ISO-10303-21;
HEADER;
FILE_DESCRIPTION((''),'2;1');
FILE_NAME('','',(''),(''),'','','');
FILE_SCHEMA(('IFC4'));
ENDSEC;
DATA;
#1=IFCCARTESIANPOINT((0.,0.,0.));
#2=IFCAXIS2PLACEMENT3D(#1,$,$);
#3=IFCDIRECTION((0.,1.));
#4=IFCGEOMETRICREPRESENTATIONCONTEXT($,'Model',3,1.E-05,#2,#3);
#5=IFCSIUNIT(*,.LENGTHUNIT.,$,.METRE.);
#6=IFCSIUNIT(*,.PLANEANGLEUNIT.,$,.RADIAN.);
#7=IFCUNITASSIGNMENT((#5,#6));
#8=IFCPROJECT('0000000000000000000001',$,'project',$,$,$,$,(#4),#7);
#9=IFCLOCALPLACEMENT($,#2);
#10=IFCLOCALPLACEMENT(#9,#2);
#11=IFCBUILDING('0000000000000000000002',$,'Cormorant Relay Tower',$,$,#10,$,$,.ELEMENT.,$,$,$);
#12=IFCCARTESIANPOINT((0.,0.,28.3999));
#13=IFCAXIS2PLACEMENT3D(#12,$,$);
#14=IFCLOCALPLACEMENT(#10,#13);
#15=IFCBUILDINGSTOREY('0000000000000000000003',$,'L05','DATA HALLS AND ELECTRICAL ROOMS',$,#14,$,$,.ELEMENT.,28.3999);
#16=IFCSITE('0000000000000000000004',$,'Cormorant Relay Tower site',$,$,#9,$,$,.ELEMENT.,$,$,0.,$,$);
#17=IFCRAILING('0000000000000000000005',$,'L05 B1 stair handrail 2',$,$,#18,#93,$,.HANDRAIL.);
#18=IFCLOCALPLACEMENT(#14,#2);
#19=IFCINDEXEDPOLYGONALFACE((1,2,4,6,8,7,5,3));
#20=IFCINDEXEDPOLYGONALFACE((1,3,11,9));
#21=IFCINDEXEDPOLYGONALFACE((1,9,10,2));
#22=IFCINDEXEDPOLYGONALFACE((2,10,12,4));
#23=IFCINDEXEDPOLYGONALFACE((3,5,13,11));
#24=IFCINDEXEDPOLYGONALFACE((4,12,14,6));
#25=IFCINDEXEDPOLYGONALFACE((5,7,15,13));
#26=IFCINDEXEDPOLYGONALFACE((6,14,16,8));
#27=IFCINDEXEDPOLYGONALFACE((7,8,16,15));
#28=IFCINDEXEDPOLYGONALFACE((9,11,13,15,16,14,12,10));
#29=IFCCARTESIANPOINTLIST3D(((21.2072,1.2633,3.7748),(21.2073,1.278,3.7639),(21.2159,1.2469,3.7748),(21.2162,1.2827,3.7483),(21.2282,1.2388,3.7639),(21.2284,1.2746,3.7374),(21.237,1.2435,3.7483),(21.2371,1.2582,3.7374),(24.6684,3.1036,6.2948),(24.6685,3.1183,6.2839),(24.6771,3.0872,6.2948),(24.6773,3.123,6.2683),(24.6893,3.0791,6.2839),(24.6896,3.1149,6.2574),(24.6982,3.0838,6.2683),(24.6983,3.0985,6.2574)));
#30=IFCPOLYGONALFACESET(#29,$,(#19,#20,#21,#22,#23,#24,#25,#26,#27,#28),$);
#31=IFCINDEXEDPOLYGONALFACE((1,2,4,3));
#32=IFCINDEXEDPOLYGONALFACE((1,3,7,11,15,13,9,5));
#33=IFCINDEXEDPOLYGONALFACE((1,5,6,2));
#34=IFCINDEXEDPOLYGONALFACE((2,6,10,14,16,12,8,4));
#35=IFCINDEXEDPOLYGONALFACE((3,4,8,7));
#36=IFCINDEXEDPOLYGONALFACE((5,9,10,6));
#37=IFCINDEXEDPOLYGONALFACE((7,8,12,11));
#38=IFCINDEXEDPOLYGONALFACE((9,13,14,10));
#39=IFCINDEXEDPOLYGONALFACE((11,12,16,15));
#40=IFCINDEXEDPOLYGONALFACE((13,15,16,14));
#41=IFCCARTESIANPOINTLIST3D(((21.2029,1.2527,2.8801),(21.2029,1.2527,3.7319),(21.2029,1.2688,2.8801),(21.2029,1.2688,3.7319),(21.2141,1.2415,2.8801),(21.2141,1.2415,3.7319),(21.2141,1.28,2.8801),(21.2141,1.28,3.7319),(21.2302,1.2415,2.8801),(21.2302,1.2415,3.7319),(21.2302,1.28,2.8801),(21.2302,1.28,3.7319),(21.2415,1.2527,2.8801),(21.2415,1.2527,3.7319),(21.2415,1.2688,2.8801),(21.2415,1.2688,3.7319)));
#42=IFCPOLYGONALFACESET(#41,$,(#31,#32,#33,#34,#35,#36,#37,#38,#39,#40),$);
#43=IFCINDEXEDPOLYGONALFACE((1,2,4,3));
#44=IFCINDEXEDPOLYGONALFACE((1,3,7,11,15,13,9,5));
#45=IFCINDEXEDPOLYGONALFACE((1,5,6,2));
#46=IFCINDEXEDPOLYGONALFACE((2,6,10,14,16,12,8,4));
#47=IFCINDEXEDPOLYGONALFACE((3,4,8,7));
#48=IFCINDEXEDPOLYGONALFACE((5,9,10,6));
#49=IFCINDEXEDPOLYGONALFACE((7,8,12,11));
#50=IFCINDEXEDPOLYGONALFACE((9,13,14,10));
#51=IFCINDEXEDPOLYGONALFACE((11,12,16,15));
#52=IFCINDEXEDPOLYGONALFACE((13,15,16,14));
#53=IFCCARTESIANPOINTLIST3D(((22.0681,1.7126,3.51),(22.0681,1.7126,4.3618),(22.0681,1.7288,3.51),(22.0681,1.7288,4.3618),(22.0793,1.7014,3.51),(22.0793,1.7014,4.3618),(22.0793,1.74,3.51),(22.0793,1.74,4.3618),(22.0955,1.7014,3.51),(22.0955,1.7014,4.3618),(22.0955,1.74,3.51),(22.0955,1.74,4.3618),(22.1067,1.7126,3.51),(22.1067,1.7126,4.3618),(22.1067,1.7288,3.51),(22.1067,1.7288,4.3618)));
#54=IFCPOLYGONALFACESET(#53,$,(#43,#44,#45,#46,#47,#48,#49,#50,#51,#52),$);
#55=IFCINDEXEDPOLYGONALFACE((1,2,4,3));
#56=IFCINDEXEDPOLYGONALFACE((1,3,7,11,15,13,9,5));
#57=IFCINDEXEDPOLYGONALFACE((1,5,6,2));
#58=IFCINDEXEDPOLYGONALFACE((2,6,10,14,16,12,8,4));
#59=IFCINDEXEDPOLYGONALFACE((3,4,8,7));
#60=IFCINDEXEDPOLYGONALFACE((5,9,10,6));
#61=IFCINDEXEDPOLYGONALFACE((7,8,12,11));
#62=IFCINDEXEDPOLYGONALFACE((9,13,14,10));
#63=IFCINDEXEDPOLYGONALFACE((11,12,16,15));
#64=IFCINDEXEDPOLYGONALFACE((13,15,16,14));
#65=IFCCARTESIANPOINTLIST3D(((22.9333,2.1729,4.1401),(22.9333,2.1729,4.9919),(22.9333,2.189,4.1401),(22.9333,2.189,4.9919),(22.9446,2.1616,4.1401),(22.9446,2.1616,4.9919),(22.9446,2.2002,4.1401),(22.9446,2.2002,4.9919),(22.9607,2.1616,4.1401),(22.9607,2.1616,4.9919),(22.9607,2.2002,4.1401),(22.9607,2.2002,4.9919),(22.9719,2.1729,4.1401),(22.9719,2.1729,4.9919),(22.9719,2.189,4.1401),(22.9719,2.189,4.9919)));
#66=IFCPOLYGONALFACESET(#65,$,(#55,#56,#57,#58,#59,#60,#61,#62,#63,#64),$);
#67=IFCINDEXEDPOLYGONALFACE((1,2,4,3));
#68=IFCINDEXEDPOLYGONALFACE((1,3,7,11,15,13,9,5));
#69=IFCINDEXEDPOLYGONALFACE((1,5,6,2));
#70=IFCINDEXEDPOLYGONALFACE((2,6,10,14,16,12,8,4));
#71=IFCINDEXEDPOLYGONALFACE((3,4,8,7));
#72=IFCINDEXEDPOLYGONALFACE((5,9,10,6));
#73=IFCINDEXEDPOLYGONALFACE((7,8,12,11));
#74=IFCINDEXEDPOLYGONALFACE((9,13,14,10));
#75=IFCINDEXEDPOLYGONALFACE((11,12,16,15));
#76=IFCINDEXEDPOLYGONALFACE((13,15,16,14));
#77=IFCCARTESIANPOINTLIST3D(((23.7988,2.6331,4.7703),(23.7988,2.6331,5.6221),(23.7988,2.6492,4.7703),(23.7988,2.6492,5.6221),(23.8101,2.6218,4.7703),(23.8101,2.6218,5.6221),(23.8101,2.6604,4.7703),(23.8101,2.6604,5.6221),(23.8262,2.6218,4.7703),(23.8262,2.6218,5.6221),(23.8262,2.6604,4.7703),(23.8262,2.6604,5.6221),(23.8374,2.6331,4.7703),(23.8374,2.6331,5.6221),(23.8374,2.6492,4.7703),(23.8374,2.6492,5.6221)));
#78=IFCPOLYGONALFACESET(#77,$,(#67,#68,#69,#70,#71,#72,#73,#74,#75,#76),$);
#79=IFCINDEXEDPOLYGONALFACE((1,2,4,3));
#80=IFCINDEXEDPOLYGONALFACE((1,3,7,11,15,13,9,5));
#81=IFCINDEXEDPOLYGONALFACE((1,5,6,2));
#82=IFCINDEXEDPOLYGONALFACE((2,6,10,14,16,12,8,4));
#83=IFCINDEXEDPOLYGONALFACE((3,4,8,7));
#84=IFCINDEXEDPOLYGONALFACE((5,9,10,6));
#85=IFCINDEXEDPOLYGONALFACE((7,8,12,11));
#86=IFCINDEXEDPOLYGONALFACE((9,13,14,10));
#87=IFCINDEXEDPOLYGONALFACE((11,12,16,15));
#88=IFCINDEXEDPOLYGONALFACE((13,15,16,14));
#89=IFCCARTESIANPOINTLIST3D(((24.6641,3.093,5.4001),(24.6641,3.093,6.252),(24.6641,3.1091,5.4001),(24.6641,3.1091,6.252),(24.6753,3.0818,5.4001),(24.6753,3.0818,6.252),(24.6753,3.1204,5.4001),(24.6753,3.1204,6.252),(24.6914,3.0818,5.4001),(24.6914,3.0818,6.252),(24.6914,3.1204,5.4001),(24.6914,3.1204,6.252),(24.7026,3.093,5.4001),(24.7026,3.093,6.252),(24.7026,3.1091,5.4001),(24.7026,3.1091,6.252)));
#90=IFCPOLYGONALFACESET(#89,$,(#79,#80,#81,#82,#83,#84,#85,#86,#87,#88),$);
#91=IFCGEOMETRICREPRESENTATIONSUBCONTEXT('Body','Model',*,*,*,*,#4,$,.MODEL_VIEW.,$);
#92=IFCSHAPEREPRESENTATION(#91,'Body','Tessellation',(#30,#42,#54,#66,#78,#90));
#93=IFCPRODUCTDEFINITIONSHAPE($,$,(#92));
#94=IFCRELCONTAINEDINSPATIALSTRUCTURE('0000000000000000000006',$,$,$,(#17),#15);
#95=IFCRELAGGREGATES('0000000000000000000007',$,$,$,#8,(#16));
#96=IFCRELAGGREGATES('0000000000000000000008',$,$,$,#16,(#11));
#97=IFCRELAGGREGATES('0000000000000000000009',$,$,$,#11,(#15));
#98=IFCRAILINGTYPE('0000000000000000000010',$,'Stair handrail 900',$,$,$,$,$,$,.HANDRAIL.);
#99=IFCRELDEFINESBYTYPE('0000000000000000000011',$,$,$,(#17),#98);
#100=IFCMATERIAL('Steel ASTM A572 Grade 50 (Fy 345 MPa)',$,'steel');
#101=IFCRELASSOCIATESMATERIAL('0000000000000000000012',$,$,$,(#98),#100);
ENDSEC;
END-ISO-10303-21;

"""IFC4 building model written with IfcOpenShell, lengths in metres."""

from ifc_helpers import new_model, si_unit, direction, frame, origin, place, context, subcontext, project, spatial, polyline, outline, extrude, material, type_object, element, save


model = new_model("IFC4")

# Units and contexts
model_context = context("Model", 3, precision=1e-05, world=origin(), true_north=direction((0.0, 1.0)))
body_context = subcontext(model_context, "Body", "Model", "MODEL_VIEW")
ifc_project = project(units=[si_unit("LENGTHUNIT", "METRE"), si_unit("PLANEANGLEUNIT", "RADIAN")], contexts=[model_context])

# Site, building, storey
site_placement = place(None, origin())
site = spatial("IfcSite", under=ifc_project, at=site_placement, Name="Cormorant Relay Tower site", CompositionType="ELEMENT", RefElevation=0.0)
building_placement = place(site_placement, origin())
building = spatial("IfcBuilding", under=site, at=building_placement, Name="Cormorant Relay Tower", CompositionType="ELEMENT")
storey_placement = place(building_placement, frame((0.0, 0.0, 28.3999)))
storey = spatial("IfcBuildingStorey", under=building, at=storey_placement, Name="L05", Description="DATA HALLS AND ELECTRICAL ROOMS", CompositionType="ELEMENT", Elevation=28.3999)

# Railing
ifc_material_1 = material(Name="Steel ASTM A572 Grade 50 (Fy 345 MPa)", Category="steel")
railing_type_1 = type_object("IfcRailingType", Name="Stair handrail 900", PredefinedType="HANDRAIL", material=ifc_material_1)
railing_1_placement = place(storey_placement, frame((21.2222, 1.2607, 2.8801)))
element("IfcRailing", 1, at=railing_1_placement, inside=storey, type_object=railing_type_1, Name="L05 B1 stair handrail 2", PredefinedType="HANDRAIL", context=body_context, shape_type="SweptSolid", body=[
    extrude(outline(polyline([(0.0222, 0.0093), (0.0093, 0.0222), (-0.0093, 0.0222), (-0.0222, 0.0093), (-0.0222, -0.0093), (-0.0093, -0.0222), (0.0093, -0.0222), (0.0222, -0.0093), (0.0222, 0.0093)])), frame((0.0, 0.0, 0.876), z_axis=(0.742717, 0.394907, 0.540758), x_axis=(-0.469469, 0.882949, 0.0)), (0.0, 0.0, 1.0), 4.6602),
    extrude(outline(polyline([(0.0193, 0.0081), (0.0081, 0.0193), (-0.0081, 0.0193), (-0.0193, 0.0081), (-0.0193, -0.0081), (-0.0081, -0.0193), (0.0081, -0.0193), (0.0193, -0.0081), (0.0193, 0.0081)])), origin(), (0.0, 0.0, 1.0), 0.8518),
    extrude(outline(polyline([(0.0193, 0.0081), (0.0081, 0.0193), (-0.0081, 0.0193), (-0.0193, 0.0081), (-0.0193, -0.0081), (-0.0081, -0.0193), (0.0081, -0.0193), (0.0193, -0.0081), (0.0193, 0.0081)])), frame((0.8652, 0.46, 0.6299)), (0.0, 0.0, 1.0), 0.8518),
    extrude(outline(polyline([(0.0193, 0.0081), (0.0081, 0.0193), (-0.0081, 0.0193), (-0.0193, 0.0081), (-0.0193, -0.0081), (-0.0081, -0.0193), (0.0081, -0.0193), (0.0193, -0.0081), (0.0193, 0.0081)])), frame((1.7305, 0.9202, 1.26)), (0.0, 0.0, 1.0), 0.8518),
    extrude(outline(polyline([(0.0193, 0.0081), (0.0081, 0.0193), (-0.0081, 0.0193), (-0.0193, 0.0081), (-0.0193, -0.0081), (-0.0081, -0.0193), (0.0081, -0.0193), (0.0193, -0.0081), (0.0193, 0.0081)])), frame((2.5959, 1.3804, 1.8901)), (0.0, 0.0, 1.0), 0.8518),
    extrude(outline(polyline([(0.0193, 0.0081), (0.0081, 0.0193), (-0.0081, 0.0193), (-0.0193, 0.0081), (-0.0193, -0.0081), (-0.0081, -0.0193), (0.0081, -0.0193), (0.0193, -0.0081), (0.0193, 0.0081)])), frame((3.4612, 1.8403, 2.52)), (0.0, 0.0, 1.0), 0.8518),
])

save(model, "model.ifc")
